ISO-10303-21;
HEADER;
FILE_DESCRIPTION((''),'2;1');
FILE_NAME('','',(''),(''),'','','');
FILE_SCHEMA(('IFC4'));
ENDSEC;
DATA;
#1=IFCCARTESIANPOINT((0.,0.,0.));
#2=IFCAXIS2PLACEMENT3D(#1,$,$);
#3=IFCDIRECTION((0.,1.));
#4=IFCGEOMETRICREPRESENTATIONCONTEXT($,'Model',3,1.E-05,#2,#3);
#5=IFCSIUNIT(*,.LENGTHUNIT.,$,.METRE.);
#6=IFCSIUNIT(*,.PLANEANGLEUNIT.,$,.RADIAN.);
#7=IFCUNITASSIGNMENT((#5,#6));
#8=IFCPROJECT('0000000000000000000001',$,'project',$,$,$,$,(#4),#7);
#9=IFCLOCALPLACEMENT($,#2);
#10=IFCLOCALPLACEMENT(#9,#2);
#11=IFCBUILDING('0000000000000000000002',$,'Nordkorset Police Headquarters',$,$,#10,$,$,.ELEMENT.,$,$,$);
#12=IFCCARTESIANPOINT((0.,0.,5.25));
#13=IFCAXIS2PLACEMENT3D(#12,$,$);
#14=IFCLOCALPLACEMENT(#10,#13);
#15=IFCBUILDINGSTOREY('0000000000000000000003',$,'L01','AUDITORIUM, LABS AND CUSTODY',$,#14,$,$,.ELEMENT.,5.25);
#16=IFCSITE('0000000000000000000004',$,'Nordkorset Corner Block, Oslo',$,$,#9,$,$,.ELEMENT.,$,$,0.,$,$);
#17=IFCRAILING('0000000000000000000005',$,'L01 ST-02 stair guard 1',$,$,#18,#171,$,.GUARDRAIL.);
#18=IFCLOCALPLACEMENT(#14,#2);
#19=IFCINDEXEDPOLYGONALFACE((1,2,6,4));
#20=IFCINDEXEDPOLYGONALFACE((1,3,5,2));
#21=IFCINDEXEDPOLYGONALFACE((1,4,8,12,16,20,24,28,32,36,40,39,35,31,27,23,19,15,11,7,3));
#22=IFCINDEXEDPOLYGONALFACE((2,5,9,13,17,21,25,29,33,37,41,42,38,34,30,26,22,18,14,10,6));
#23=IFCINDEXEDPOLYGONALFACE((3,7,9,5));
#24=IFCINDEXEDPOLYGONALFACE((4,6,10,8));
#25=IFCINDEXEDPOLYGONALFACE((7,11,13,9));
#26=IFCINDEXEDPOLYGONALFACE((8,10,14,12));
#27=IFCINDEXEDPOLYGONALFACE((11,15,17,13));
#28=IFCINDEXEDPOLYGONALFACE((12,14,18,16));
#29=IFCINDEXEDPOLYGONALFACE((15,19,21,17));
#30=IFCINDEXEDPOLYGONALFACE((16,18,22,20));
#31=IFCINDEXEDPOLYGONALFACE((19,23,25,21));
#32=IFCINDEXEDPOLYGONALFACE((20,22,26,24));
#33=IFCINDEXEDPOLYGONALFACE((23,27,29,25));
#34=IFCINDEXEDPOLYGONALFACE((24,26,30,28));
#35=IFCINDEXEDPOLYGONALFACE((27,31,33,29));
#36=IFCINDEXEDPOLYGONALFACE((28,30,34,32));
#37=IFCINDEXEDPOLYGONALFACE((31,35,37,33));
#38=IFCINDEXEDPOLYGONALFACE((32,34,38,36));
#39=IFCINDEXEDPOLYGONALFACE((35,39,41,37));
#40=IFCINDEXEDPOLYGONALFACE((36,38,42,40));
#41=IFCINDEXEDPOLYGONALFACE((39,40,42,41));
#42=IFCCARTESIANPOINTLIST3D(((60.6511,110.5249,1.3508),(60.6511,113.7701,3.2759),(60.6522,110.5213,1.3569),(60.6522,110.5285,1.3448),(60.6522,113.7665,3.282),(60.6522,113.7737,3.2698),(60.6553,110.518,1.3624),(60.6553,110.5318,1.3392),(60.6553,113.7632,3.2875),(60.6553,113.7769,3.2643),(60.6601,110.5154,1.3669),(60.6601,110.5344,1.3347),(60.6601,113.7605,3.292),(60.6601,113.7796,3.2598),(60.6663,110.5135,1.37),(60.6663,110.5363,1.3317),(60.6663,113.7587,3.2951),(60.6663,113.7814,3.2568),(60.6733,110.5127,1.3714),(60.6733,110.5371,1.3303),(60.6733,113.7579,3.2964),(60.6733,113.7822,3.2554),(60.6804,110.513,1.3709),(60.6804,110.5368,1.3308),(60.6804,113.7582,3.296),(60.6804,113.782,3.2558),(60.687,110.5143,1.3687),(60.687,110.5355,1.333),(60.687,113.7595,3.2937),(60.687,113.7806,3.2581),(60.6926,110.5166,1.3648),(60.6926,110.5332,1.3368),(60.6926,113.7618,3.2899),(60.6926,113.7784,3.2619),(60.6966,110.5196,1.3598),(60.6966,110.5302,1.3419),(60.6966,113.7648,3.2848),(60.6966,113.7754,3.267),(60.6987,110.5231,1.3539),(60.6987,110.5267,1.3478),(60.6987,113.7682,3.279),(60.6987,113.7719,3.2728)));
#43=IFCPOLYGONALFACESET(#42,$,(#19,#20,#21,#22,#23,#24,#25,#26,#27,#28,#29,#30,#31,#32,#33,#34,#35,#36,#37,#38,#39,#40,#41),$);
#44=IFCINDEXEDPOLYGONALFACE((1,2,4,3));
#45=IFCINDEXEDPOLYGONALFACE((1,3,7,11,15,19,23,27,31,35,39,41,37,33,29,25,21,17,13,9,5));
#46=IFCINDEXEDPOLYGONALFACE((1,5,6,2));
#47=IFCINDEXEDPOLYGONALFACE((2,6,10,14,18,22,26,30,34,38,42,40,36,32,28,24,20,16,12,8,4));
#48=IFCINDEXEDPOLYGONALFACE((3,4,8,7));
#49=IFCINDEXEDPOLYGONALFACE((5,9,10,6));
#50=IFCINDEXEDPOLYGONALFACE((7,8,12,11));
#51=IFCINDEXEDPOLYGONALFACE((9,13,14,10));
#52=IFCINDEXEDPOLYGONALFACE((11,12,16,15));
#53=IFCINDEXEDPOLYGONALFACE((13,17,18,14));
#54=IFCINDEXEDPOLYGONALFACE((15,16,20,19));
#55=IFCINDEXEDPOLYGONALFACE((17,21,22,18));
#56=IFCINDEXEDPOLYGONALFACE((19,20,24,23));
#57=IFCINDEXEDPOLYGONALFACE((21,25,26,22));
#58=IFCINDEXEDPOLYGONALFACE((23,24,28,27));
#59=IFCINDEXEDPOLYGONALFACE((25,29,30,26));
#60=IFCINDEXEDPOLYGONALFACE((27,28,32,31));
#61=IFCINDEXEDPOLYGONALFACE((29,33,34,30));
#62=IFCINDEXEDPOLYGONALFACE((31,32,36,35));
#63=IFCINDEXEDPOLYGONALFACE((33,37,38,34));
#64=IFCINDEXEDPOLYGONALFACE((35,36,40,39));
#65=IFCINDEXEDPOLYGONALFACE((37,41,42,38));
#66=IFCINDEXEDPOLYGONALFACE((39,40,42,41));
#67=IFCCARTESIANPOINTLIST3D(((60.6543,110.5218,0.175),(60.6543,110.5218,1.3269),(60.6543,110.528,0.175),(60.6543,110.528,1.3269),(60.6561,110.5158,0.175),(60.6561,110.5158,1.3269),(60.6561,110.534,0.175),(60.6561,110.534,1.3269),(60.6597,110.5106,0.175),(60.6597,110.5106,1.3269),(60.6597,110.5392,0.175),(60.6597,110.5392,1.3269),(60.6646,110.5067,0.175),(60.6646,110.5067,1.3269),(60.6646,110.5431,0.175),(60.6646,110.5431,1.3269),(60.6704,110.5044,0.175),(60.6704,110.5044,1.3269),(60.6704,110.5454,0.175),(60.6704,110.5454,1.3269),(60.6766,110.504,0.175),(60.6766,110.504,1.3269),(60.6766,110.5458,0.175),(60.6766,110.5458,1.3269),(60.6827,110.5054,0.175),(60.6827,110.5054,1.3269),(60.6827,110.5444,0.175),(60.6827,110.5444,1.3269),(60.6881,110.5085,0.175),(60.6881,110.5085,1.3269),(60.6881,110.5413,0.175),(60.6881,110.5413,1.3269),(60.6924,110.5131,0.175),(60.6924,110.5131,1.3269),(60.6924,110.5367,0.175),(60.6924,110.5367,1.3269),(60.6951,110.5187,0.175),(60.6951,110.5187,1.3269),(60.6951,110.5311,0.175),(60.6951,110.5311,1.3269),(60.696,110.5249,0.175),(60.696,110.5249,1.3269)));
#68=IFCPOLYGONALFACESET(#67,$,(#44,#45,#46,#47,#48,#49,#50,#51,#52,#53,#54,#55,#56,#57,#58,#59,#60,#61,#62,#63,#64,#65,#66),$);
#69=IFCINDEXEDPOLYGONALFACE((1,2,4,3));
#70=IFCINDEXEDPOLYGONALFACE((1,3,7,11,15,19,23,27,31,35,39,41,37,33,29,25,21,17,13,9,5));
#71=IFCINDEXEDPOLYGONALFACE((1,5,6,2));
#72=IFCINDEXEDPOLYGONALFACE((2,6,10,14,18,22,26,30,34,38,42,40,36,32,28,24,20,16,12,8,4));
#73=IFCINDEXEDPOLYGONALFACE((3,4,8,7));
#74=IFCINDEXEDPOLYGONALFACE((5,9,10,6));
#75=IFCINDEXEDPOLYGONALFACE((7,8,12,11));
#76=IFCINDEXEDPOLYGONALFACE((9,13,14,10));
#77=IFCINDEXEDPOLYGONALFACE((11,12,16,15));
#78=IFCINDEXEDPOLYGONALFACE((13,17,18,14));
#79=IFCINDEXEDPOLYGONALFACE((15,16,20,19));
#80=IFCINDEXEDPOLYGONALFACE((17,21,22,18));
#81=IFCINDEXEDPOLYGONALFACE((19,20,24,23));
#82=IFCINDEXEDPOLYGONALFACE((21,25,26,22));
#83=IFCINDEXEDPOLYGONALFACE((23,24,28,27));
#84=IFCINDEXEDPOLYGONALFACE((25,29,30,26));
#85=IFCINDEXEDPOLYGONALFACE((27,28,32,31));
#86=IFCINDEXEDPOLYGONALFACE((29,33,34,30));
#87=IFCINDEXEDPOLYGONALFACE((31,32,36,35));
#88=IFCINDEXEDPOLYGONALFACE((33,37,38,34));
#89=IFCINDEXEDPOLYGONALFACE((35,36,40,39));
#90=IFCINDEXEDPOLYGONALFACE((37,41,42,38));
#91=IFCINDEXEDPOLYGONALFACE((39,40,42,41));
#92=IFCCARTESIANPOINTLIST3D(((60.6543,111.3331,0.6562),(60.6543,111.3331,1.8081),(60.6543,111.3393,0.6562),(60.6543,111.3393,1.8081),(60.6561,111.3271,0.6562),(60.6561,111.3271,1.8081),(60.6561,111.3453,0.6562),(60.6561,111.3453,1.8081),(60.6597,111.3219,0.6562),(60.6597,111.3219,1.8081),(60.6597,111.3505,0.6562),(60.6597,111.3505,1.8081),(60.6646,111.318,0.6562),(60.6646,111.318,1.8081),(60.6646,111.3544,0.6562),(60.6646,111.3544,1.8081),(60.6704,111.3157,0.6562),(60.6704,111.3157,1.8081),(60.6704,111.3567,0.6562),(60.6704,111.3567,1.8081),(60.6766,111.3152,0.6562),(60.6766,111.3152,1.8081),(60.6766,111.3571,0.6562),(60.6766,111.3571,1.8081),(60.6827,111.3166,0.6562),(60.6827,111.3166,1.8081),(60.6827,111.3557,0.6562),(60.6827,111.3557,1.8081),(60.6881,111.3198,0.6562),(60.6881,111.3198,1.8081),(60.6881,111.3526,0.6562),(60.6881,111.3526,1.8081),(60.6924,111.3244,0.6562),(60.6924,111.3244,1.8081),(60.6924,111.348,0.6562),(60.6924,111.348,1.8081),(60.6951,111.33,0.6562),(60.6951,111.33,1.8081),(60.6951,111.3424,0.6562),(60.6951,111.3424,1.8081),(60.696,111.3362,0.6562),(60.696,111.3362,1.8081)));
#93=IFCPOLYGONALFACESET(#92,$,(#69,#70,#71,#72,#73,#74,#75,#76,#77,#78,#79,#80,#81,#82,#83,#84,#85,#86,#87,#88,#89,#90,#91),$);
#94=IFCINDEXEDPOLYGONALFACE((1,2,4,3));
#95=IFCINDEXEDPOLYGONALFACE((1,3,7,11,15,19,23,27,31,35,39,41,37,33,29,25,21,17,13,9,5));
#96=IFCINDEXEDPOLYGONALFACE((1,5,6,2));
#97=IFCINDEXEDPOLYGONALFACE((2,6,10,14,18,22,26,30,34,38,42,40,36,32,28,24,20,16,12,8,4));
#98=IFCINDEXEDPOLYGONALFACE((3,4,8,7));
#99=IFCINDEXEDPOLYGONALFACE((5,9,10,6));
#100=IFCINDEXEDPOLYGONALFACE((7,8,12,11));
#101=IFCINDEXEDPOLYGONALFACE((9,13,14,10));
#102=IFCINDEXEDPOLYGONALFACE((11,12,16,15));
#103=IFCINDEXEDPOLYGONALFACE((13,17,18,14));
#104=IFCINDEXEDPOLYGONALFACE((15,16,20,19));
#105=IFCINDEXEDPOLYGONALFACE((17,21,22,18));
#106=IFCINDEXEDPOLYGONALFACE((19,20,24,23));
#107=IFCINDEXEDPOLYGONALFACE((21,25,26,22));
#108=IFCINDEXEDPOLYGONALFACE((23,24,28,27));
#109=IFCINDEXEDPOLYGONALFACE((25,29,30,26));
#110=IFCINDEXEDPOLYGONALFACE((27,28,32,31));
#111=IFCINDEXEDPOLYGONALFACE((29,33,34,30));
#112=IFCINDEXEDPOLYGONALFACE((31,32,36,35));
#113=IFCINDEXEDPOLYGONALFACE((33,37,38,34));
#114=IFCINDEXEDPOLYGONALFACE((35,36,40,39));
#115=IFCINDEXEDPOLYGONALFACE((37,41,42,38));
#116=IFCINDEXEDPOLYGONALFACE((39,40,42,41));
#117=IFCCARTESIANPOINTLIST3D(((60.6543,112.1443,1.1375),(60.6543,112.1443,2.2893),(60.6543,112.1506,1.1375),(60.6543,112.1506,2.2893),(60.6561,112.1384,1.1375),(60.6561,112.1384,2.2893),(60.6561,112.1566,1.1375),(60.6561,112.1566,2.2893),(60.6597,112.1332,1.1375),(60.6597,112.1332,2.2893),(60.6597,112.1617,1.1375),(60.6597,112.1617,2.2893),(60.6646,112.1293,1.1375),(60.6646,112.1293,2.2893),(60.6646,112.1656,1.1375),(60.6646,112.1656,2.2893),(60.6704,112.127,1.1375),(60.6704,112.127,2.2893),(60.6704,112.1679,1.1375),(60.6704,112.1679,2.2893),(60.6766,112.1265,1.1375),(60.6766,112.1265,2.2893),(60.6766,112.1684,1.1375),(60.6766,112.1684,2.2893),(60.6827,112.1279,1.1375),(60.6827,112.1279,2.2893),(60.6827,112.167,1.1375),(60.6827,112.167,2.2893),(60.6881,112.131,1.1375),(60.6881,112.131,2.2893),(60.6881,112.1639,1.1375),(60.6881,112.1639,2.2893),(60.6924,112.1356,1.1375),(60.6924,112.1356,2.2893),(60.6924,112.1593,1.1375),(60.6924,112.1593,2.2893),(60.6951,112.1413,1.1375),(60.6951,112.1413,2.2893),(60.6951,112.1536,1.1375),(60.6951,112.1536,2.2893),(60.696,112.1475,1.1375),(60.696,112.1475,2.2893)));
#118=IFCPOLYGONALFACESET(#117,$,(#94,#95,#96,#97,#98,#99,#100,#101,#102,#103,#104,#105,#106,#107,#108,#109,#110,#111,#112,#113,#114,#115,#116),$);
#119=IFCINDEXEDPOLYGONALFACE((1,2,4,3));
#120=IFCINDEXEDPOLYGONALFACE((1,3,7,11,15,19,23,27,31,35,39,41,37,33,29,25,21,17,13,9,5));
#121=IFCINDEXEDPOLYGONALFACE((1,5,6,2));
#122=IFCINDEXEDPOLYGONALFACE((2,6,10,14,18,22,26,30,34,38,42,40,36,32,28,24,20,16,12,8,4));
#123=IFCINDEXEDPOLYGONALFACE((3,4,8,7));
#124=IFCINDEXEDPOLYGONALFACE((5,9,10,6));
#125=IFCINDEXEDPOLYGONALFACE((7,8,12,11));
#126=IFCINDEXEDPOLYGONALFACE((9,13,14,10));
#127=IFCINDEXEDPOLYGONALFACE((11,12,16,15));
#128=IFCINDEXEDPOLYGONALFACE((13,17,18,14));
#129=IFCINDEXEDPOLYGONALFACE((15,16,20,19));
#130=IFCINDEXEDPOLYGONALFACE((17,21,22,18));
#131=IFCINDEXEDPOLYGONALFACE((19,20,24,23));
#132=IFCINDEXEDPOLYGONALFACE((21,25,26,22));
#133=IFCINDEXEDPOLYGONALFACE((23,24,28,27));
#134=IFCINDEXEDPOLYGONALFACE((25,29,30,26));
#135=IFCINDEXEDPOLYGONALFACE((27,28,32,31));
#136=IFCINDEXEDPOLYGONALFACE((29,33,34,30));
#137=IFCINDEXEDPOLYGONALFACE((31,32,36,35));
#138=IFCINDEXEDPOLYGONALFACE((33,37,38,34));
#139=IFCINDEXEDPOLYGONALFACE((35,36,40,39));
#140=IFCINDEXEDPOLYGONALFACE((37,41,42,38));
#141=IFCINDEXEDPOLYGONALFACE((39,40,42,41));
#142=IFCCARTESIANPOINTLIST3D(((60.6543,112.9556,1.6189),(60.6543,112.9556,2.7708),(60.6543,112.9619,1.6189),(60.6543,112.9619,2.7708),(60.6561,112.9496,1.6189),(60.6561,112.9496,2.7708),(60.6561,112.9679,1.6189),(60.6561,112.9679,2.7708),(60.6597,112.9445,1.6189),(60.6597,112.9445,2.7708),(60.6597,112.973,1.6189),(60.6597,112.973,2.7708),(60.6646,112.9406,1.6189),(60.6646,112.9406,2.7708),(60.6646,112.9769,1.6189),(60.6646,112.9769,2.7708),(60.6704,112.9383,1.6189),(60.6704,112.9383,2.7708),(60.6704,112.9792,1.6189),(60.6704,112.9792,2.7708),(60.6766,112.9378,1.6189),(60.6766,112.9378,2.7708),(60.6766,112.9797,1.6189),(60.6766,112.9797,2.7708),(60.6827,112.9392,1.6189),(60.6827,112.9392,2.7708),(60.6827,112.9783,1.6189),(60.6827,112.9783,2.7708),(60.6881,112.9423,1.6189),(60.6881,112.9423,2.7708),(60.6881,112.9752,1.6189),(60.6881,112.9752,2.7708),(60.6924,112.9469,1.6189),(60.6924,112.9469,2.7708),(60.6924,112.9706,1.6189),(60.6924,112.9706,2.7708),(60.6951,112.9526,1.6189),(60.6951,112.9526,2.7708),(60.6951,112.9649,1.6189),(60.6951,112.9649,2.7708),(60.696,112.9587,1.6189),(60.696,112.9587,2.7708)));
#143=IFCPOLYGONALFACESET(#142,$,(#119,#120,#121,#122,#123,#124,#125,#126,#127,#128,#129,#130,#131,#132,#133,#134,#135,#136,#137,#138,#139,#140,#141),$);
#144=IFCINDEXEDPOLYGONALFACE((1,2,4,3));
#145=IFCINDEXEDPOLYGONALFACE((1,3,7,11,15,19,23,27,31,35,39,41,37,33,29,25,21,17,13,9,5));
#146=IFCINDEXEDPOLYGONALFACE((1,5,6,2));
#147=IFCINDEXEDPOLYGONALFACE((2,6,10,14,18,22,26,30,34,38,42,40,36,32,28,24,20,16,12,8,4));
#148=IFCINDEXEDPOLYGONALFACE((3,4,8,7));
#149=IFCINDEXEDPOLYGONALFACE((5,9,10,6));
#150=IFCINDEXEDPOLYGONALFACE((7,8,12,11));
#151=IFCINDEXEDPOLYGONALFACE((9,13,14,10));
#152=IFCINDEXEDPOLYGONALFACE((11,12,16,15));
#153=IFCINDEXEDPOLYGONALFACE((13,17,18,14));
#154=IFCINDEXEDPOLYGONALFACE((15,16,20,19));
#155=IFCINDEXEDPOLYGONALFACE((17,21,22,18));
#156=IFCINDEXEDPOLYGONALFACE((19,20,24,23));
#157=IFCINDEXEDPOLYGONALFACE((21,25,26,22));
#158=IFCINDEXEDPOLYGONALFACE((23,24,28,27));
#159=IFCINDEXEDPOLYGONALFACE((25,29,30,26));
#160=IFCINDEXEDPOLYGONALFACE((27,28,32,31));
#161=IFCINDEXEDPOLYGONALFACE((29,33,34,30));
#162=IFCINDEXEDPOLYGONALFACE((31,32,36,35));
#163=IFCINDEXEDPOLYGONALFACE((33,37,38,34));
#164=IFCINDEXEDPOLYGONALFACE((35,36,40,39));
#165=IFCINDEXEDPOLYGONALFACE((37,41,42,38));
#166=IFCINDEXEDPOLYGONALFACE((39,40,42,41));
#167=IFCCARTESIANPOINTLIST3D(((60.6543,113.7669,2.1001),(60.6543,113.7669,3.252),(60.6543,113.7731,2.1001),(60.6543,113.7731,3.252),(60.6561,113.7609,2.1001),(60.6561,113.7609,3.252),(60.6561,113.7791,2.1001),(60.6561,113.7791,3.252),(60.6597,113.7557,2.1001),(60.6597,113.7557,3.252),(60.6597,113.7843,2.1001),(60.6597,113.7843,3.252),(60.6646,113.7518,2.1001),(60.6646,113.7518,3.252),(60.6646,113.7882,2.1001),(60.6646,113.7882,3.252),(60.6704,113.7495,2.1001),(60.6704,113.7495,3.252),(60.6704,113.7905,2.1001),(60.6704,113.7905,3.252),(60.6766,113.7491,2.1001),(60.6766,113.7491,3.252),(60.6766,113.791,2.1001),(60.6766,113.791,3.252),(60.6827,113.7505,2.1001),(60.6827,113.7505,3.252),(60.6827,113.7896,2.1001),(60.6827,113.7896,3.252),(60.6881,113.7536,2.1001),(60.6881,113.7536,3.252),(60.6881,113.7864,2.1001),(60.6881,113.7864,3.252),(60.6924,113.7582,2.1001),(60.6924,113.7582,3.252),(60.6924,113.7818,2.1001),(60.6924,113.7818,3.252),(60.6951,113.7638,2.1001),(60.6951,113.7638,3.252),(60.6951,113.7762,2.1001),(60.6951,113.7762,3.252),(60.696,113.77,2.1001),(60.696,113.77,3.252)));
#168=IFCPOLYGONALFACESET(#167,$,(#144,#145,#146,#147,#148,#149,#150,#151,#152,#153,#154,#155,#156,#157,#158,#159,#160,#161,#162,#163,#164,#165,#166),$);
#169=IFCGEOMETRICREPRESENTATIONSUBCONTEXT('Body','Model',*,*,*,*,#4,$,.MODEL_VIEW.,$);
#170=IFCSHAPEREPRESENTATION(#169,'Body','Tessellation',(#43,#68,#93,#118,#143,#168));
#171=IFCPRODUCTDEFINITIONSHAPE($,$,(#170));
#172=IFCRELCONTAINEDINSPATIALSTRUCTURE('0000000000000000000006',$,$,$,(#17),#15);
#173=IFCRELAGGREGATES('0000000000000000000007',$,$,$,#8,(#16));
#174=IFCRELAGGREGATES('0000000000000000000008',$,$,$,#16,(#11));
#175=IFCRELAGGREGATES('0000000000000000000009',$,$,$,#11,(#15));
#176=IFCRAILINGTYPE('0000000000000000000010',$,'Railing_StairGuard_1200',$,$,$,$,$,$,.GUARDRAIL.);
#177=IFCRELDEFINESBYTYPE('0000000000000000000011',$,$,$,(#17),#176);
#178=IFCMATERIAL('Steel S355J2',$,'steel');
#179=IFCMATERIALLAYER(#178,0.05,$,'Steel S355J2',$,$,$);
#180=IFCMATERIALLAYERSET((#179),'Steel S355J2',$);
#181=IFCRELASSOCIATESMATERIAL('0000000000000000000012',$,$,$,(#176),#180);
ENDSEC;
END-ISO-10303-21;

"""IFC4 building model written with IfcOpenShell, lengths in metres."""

from ifc_helpers import new_model, si_unit, direction, frame, origin, origin_2d, place, context, subcontext, project, spatial, circle, extrude, material, layer, layer_set, type_object, element, save


model = new_model("IFC4")

# Units and contexts
model_context = context("Model", 3, precision=1e-05, world=origin(), true_north=direction((0.0, 1.0)))
body_context = subcontext(model_context, "Body", "Model", "MODEL_VIEW")
ifc_project = project(units=[si_unit("LENGTHUNIT", "METRE"), si_unit("PLANEANGLEUNIT", "RADIAN")], contexts=[model_context])

# Site, building, storey
site_placement = place(None, origin())
site = spatial("IfcSite", under=ifc_project, at=site_placement, Name="Nordkorset Corner Block, Oslo", CompositionType="ELEMENT", RefElevation=0.0)
building_placement = place(site_placement, origin())
building = spatial("IfcBuilding", under=site, at=building_placement, Name="Nordkorset Police Headquarters", CompositionType="ELEMENT")
storey_placement = place(building_placement, frame((0.0, 0.0, 5.25)))
storey = spatial("IfcBuildingStorey", under=building, at=storey_placement, Name="L01", Description="AUDITORIUM, LABS AND CUSTODY", CompositionType="ELEMENT", Elevation=5.25)

# Railing
ifc_material_1 = material(Name="Steel S355J2", Category="steel")
ifc_layer_1 = layer(ifc_material_1, 0.05, Name="Steel S355J2")
ifc_layer_set_1 = layer_set([ifc_layer_1], Name="Steel S355J2")
railing_type_1 = type_object("IfcRailingType", Name="Railing_StairGuard_1200", PredefinedType="GUARDRAIL", material=ifc_layer_set_1)
railing_1_placement = place(storey_placement, frame((60.675, 110.5249, 0.175)))
element("IfcRailing", 1, at=railing_1_placement, inside=storey, type_object=railing_type_1, Name="L01 ST-02 stair guard 1", PredefinedType="GUARDRAIL", context=body_context, shape_type="SweptSolid", body=[
    extrude(circle(Radius=0.0239, at=origin_2d()), frame((0.0, 0.0, 1.1758), z_axis=(0.0, 0.860057, 0.510198), x_axis=(-1.0, 0.0, 0.0)), (0.0, 0.0, 1.0), 3.7732),
    extrude(circle(Radius=0.021, at=origin_2d()), origin(), (0.0, 0.0, 1.0), 1.1519),
    extrude(circle(Radius=0.021, at=origin_2d()), frame((0.0, 0.8113, 0.4812)), (0.0, 0.0, 1.0), 1.1519),
    extrude(circle(Radius=0.021, at=origin_2d()), frame((0.0, 1.6226, 0.9624)), (0.0, 0.0, 1.0), 1.1519),
    extrude(circle(Radius=0.021, at=origin_2d()), frame((0.0, 2.4338, 1.4438)), (0.0, 0.0, 1.0), 1.1519),
    extrude(circle(Radius=0.021, at=origin_2d()), frame((0.0, 3.2451, 1.925)), (0.0, 0.0, 1.0), 1.1519),
])

save(model, "model.ifc")
